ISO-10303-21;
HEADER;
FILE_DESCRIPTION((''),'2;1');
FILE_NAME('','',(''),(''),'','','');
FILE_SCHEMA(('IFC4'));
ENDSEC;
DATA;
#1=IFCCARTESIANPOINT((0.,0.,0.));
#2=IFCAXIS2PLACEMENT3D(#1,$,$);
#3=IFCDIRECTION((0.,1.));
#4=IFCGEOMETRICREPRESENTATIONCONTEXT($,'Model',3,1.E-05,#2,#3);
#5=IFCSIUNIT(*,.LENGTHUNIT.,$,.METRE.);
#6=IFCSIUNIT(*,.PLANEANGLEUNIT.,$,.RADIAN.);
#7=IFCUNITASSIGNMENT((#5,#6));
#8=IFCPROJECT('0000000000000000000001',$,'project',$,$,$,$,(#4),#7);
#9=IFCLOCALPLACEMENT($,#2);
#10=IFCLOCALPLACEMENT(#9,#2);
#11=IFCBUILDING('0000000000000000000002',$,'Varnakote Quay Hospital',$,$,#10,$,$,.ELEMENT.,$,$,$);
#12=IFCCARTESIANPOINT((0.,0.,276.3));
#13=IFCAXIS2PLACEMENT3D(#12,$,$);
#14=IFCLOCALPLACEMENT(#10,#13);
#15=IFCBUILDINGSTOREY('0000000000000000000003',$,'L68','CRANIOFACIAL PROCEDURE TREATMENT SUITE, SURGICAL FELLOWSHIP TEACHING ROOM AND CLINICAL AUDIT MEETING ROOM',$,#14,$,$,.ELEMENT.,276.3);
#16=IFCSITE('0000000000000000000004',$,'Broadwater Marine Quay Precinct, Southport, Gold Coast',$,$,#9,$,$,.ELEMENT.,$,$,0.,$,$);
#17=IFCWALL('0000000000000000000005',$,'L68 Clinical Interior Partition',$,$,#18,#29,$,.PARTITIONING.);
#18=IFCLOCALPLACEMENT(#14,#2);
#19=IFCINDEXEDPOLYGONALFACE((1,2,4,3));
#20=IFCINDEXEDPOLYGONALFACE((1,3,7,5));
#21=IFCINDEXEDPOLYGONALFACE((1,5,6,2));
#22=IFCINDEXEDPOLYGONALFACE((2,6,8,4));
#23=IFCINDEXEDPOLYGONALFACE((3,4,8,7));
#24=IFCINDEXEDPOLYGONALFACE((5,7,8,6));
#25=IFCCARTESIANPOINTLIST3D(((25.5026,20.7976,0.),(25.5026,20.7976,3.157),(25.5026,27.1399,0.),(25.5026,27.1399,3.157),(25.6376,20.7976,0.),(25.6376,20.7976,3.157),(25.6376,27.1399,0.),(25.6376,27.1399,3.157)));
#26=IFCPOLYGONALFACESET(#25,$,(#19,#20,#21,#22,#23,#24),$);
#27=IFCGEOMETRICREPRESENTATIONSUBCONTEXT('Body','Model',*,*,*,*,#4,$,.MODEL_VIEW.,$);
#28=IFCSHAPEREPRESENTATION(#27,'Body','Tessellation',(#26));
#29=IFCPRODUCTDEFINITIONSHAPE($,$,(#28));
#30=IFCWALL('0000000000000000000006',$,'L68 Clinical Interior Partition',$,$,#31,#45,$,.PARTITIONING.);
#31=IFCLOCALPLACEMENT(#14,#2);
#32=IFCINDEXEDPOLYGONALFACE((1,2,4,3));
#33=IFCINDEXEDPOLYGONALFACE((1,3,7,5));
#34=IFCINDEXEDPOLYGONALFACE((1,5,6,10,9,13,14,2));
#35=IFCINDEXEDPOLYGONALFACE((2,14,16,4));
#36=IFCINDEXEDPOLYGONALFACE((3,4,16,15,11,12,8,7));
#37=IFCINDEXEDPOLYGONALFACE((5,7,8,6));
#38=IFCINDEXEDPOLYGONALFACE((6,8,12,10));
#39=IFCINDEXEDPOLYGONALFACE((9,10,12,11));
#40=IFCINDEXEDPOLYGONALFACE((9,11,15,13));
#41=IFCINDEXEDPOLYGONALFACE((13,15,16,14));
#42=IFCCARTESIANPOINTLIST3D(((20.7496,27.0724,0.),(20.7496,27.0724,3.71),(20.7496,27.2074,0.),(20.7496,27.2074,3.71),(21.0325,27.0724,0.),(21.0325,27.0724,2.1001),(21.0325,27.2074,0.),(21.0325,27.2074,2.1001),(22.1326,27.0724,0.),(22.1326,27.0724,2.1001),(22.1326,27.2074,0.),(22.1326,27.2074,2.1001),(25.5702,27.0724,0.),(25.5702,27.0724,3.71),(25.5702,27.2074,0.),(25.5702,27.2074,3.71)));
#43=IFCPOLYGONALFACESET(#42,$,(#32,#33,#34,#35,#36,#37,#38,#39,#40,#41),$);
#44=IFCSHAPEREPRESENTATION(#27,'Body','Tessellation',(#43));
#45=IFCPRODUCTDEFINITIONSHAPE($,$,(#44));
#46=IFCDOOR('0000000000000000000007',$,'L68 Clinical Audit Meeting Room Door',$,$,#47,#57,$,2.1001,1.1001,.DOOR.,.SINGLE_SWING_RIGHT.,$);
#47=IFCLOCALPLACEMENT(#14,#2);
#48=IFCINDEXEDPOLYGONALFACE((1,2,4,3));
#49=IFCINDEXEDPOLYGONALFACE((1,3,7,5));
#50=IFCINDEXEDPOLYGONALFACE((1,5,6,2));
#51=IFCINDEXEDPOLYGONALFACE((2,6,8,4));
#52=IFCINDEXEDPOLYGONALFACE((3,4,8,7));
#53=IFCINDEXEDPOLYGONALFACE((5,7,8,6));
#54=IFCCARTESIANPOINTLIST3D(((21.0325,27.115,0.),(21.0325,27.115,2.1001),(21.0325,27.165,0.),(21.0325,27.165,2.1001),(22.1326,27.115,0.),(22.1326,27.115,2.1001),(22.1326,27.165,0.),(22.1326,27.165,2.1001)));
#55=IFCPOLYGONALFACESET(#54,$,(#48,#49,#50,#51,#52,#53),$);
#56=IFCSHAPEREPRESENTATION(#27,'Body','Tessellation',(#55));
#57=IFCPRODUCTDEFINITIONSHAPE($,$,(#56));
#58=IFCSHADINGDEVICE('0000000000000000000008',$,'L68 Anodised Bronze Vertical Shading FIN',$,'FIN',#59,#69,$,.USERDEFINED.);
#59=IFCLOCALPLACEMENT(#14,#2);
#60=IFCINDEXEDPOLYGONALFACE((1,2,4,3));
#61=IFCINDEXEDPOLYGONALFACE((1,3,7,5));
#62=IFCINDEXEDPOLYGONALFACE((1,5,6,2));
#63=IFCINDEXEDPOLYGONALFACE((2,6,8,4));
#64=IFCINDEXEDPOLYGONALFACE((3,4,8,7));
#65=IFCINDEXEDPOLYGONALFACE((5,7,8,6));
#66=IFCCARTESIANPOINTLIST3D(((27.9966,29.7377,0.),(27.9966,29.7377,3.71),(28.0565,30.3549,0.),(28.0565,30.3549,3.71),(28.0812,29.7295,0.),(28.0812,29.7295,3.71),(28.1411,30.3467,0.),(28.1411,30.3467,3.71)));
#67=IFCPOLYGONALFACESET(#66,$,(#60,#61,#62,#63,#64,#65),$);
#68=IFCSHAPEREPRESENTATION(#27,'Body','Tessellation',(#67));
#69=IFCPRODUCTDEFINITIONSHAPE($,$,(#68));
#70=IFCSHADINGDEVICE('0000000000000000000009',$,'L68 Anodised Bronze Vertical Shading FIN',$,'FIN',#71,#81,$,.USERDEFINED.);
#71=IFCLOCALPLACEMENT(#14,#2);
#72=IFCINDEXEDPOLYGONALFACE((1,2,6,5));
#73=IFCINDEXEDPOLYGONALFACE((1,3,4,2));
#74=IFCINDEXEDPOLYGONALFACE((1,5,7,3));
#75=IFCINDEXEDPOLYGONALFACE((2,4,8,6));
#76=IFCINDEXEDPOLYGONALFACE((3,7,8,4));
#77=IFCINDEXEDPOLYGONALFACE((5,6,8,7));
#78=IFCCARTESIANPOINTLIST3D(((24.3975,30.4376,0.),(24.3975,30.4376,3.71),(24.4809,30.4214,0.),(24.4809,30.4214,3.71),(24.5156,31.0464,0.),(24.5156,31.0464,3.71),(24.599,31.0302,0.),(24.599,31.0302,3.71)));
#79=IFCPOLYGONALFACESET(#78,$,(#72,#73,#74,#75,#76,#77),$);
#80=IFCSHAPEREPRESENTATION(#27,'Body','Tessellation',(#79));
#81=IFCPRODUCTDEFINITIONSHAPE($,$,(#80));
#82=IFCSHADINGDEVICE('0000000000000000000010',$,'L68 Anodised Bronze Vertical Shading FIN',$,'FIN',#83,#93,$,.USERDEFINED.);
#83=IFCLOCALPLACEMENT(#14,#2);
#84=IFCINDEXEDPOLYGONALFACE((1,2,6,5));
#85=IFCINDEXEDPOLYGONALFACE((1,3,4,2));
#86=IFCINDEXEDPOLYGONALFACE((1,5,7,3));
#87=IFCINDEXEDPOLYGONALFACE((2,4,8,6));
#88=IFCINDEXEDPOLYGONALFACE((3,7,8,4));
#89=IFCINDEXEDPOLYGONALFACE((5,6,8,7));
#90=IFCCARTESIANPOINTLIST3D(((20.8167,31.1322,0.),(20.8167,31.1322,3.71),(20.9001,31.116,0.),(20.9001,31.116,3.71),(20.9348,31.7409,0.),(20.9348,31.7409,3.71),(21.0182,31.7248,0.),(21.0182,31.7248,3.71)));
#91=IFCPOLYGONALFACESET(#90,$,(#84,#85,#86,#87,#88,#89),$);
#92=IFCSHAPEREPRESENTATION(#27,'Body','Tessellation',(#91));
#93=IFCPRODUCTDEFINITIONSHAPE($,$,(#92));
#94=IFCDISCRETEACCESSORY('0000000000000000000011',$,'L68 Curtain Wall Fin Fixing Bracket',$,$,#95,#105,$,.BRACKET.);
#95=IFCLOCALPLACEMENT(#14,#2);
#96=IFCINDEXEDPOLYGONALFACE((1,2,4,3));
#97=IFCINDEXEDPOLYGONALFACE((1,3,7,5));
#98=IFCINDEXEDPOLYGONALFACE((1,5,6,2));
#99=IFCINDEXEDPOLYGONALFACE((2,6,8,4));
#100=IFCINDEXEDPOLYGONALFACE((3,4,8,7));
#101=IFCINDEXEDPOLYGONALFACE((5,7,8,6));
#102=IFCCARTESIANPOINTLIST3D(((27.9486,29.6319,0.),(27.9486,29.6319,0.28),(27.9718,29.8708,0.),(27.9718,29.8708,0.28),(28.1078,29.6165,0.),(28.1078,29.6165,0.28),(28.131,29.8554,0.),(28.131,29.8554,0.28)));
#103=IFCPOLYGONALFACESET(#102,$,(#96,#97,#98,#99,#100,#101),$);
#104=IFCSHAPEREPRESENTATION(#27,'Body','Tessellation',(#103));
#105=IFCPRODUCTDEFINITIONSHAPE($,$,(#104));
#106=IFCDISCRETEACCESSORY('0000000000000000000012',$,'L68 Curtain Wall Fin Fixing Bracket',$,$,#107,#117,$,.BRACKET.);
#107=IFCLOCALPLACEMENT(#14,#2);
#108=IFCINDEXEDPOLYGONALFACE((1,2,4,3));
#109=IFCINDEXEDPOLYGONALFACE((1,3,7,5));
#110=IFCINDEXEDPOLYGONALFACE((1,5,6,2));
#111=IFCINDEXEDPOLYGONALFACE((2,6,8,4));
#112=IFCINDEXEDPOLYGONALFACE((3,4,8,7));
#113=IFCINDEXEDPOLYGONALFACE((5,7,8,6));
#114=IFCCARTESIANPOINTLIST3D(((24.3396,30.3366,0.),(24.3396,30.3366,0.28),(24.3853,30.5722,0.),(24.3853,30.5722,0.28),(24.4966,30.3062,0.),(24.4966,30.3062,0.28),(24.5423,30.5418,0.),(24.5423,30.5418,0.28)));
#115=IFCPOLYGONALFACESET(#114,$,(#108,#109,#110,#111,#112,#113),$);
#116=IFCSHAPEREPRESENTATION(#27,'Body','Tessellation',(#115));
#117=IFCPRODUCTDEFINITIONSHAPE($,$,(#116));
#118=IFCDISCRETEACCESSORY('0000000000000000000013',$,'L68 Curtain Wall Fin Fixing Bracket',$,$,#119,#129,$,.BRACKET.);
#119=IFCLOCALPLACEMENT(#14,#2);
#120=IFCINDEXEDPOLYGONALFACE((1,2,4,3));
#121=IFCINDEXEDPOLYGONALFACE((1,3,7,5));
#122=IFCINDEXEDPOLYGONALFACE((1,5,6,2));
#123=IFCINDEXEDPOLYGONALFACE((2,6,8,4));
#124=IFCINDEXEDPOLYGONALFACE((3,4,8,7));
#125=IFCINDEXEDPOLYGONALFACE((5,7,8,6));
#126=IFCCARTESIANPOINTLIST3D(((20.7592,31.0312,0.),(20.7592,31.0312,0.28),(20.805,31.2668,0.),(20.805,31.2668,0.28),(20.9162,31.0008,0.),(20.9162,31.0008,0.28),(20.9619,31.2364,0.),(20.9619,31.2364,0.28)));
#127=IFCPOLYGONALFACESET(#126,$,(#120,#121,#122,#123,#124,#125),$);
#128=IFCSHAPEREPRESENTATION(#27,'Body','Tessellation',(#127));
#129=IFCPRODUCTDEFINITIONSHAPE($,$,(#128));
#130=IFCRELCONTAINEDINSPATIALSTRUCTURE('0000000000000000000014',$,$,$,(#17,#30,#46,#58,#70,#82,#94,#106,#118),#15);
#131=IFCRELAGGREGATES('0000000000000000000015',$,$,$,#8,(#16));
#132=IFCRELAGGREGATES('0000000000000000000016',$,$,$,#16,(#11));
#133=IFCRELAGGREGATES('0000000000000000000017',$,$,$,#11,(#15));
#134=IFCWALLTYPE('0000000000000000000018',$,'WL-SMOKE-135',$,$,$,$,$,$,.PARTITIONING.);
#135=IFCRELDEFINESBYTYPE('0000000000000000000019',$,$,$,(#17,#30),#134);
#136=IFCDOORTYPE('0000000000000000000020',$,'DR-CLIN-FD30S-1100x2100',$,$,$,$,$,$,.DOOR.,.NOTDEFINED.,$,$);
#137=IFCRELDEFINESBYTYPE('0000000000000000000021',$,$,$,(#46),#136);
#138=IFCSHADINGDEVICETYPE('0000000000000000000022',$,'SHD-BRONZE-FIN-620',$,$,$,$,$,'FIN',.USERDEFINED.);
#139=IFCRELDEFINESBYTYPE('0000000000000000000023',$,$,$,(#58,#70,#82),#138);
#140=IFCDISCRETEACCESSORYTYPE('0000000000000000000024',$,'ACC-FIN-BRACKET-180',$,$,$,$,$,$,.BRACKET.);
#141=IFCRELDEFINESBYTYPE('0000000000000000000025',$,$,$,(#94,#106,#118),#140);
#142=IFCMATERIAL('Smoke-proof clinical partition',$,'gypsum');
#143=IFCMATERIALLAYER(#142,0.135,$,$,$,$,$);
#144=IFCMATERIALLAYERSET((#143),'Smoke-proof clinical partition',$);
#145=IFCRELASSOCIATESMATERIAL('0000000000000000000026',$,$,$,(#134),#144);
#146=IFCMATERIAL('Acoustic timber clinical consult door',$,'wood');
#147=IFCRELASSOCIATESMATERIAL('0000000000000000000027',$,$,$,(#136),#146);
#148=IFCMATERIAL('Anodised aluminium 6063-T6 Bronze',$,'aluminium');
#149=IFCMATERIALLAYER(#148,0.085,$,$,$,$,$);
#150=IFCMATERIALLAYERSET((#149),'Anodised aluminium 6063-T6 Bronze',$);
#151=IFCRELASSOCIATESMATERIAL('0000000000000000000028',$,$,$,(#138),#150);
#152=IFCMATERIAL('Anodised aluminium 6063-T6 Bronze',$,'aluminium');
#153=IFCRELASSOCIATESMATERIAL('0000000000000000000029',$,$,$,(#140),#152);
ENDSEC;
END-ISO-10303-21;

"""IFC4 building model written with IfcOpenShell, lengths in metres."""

from ifc_helpers import new_model, si_unit, direction, frame, frame_2d, origin, origin_2d, place, context, subcontext, project, spatial, rectangle, extrude, material, layer, layer_set, type_object, element, fill, save


model = new_model("IFC4")

# Units and contexts
model_context = context("Model", 3, precision=1e-05, world=origin(), true_north=direction((0.0, 1.0)))
body_context = subcontext(model_context, "Body", "Model", "MODEL_VIEW")
ifc_project = project(units=[si_unit("LENGTHUNIT", "METRE"), si_unit("PLANEANGLEUNIT", "RADIAN")], contexts=[model_context])

# Site, building, storey
site_placement = place(None, origin())
site = spatial("IfcSite", under=ifc_project, at=site_placement, Name="Broadwater Marine Quay Precinct, Southport, Gold Coast", CompositionType="ELEMENT", RefElevation=0.0)
building_placement = place(site_placement, origin())
building = spatial("IfcBuilding", under=site, at=building_placement, Name="Varnakote Quay Hospital", CompositionType="ELEMENT")
storey_placement = place(building_placement, frame((0.0, 0.0, 276.3)))
storey = spatial("IfcBuildingStorey", under=building, at=storey_placement, Name="L68", Description="CRANIOFACIAL PROCEDURE TREATMENT SUITE, SURGICAL FELLOWSHIP TEACHING ROOM AND CLINICAL AUDIT MEETING ROOM", CompositionType="ELEMENT", Elevation=276.3)

# Shared definitions
ifc_material_1 = material(Name="Smoke-proof clinical partition", Category="gypsum")
ifc_layer_1 = layer(ifc_material_1, 0.135)
ifc_layer_set_1 = layer_set([ifc_layer_1], Name="Smoke-proof clinical partition")
wall_type = type_object("IfcWallType", Name="WL-SMOKE-135", PredefinedType="PARTITIONING", material=ifc_layer_set_1)
ifc_material_2 = material(Name="Acoustic timber clinical consult door", Category="wood")
door_type = type_object("IfcDoorType", Name="DR-CLIN-FD30S-1100x2100", OperationType="NOTDEFINED", PredefinedType="DOOR", material=ifc_material_2)

# Wall
wall_1_placement = place(storey_placement, frame((25.5701, 20.7976, 0.0), z_axis=(0.0, 0.0, 1.0), x_axis=(0.0, 1.0, 0.0)))
element("IfcWall", 1, at=wall_1_placement, inside=storey, type_object=wall_type, Name="L68 Clinical Interior Partition", PredefinedType="PARTITIONING", context=body_context, shape_type="SweptSolid", body=[
    extrude(rectangle(XDim=6.3423, YDim=0.135, at=frame_2d((3.1711, 0.0))), origin(), (0.0, 0.0, 1.0), 3.157),
])

# Wall, opening, door
wall_2_placement = place(storey_placement, frame((25.5701, 27.1399, 0.0), z_axis=(0.0, 0.0, 1.0), x_axis=(-1.0, 0.0, 0.0)))
wall_2 = element("IfcWall", 2, at=wall_2_placement, inside=storey, type_object=wall_type, Name="L68 Clinical Interior Partition", PredefinedType="PARTITIONING", context=body_context, shape_type="SweptSolid", body=[
    extrude(rectangle(XDim=4.8206, YDim=0.135, at=frame_2d((2.4102, 0.0))), origin(), (0.0, 0.0, 1.0), 3.71),
])
opening_1_placement = place(wall_2_placement, frame((3.4375, 0.0, 0.0)))
opening_1 = element("IfcOpeningElement", 3, at=opening_1_placement, cuts=wall_2, PredefinedType="OPENING", context=body_context, shape_type="SweptSolid", body=[
    extrude(rectangle(XDim=1.1001, YDim=2.1001, at=frame_2d((0.55, 1.05))), frame((0.0, 0.0774, 0.0), z_axis=(0.0, -1.0, 0.0), x_axis=(1.0, 0.0, 0.0)), (0.0, 0.0, 1.0), 0.155),
])
door_1_placement = place(opening_1_placement, origin())
door_1 = element("IfcDoor", 4, at=door_1_placement, inside=storey, type_object=door_type, Name="L68 Clinical Audit Meeting Room Door", OperationType="SINGLE_SWING_RIGHT", OverallHeight=2.1001, OverallWidth=1.1001, PredefinedType="DOOR", context=body_context, shape_type="SweptSolid", body=[
    extrude(rectangle(XDim=1.1001, YDim=2.1001, at=frame_2d((0.55, 1.05))), frame((0.0, 0.0249, 0.0), z_axis=(0.0, -1.0, 0.0), x_axis=(1.0, 0.0, 0.0)), (0.0, 0.0, 1.0), 0.05),
])
fill(opening_1, door_1)

# Shading devices
ifc_material_3 = material(Name="Anodised aluminium 6063-T6 Bronze", Category="aluminium")
ifc_layer_2 = layer(ifc_material_3, 0.085)
ifc_layer_set_2 = layer_set([ifc_layer_2], Name="Anodised aluminium 6063-T6 Bronze")
shading_device_type = type_object("IfcShadingDeviceType", Name="SHD-BRONZE-FIN-620", ElementType="FIN", PredefinedType="USERDEFINED", material=ifc_layer_set_2)
for number, where, z_axis, x_axis, name in (
    (5, (28.0688, 30.0422, 0.0), (0.0, 0.0, 1.0), (-0.096541, -0.995329, 0.0), "L68 Anodised Bronze Vertical Shading FIN"),
    (6, (24.4983, 30.7339, 0.0), (0.0, 0.0, 1.0), (-0.190466, -0.981694, 0.0), "L68 Anodised Bronze Vertical Shading FIN"),
    (7, (20.9175, 31.4285, 0.0), (0.0, 0.0, 1.0), (-0.190466, -0.981694, 0.0), "L68 Anodised Bronze Vertical Shading FIN"),
):
    element("IfcShadingDevice", number, at=place(storey_placement, frame(where, z_axis=z_axis, x_axis=x_axis)), inside=storey, type_object=shading_device_type, Name=name, ObjectType="FIN", PredefinedType="USERDEFINED", context=body_context, shape_type="SweptSolid", body=[
        extrude(rectangle(XDim=0.6201, YDim=0.085, at=origin_2d()), origin(), (0.0, 0.0, 1.0), 3.71),
    ])

# Discrete accessories
ifc_material_4 = material(Name="Anodised aluminium 6063-T6 Bronze", Category="aluminium")
discrete_accessory_type = type_object("IfcDiscreteAccessoryType", Name="ACC-FIN-BRACKET-180", PredefinedType="BRACKET", material=ifc_material_4)
for number, where, z_axis, x_axis, name in (
    (8, (28.0398, 29.7437, 0.0), (0.0, 0.0, 1.0), (-0.995329, 0.096541, 0.0), "L68 Curtain Wall Fin Fixing Bracket"),
    (9, (24.4409, 30.4392, 0.0), (0.0, 0.0, 1.0), (-0.981694, 0.190466, 0.0), "L68 Curtain Wall Fin Fixing Bracket"),
    (10, (20.8606, 31.1338, 0.0), (0.0, 0.0, 1.0), (-0.981694, 0.190466, 0.0), "L68 Curtain Wall Fin Fixing Bracket"),
):
    element("IfcDiscreteAccessory", number, at=place(storey_placement, frame(where, z_axis=z_axis, x_axis=x_axis)), inside=storey, type_object=discrete_accessory_type, Name=name, PredefinedType="BRACKET", context=body_context, shape_type="SweptSolid", body=[
        extrude(rectangle(XDim=0.1599, YDim=0.24, at=origin_2d()), origin(), (0.0, 0.0, 1.0), 0.28),
    ])

save(model, "model.ifc")
